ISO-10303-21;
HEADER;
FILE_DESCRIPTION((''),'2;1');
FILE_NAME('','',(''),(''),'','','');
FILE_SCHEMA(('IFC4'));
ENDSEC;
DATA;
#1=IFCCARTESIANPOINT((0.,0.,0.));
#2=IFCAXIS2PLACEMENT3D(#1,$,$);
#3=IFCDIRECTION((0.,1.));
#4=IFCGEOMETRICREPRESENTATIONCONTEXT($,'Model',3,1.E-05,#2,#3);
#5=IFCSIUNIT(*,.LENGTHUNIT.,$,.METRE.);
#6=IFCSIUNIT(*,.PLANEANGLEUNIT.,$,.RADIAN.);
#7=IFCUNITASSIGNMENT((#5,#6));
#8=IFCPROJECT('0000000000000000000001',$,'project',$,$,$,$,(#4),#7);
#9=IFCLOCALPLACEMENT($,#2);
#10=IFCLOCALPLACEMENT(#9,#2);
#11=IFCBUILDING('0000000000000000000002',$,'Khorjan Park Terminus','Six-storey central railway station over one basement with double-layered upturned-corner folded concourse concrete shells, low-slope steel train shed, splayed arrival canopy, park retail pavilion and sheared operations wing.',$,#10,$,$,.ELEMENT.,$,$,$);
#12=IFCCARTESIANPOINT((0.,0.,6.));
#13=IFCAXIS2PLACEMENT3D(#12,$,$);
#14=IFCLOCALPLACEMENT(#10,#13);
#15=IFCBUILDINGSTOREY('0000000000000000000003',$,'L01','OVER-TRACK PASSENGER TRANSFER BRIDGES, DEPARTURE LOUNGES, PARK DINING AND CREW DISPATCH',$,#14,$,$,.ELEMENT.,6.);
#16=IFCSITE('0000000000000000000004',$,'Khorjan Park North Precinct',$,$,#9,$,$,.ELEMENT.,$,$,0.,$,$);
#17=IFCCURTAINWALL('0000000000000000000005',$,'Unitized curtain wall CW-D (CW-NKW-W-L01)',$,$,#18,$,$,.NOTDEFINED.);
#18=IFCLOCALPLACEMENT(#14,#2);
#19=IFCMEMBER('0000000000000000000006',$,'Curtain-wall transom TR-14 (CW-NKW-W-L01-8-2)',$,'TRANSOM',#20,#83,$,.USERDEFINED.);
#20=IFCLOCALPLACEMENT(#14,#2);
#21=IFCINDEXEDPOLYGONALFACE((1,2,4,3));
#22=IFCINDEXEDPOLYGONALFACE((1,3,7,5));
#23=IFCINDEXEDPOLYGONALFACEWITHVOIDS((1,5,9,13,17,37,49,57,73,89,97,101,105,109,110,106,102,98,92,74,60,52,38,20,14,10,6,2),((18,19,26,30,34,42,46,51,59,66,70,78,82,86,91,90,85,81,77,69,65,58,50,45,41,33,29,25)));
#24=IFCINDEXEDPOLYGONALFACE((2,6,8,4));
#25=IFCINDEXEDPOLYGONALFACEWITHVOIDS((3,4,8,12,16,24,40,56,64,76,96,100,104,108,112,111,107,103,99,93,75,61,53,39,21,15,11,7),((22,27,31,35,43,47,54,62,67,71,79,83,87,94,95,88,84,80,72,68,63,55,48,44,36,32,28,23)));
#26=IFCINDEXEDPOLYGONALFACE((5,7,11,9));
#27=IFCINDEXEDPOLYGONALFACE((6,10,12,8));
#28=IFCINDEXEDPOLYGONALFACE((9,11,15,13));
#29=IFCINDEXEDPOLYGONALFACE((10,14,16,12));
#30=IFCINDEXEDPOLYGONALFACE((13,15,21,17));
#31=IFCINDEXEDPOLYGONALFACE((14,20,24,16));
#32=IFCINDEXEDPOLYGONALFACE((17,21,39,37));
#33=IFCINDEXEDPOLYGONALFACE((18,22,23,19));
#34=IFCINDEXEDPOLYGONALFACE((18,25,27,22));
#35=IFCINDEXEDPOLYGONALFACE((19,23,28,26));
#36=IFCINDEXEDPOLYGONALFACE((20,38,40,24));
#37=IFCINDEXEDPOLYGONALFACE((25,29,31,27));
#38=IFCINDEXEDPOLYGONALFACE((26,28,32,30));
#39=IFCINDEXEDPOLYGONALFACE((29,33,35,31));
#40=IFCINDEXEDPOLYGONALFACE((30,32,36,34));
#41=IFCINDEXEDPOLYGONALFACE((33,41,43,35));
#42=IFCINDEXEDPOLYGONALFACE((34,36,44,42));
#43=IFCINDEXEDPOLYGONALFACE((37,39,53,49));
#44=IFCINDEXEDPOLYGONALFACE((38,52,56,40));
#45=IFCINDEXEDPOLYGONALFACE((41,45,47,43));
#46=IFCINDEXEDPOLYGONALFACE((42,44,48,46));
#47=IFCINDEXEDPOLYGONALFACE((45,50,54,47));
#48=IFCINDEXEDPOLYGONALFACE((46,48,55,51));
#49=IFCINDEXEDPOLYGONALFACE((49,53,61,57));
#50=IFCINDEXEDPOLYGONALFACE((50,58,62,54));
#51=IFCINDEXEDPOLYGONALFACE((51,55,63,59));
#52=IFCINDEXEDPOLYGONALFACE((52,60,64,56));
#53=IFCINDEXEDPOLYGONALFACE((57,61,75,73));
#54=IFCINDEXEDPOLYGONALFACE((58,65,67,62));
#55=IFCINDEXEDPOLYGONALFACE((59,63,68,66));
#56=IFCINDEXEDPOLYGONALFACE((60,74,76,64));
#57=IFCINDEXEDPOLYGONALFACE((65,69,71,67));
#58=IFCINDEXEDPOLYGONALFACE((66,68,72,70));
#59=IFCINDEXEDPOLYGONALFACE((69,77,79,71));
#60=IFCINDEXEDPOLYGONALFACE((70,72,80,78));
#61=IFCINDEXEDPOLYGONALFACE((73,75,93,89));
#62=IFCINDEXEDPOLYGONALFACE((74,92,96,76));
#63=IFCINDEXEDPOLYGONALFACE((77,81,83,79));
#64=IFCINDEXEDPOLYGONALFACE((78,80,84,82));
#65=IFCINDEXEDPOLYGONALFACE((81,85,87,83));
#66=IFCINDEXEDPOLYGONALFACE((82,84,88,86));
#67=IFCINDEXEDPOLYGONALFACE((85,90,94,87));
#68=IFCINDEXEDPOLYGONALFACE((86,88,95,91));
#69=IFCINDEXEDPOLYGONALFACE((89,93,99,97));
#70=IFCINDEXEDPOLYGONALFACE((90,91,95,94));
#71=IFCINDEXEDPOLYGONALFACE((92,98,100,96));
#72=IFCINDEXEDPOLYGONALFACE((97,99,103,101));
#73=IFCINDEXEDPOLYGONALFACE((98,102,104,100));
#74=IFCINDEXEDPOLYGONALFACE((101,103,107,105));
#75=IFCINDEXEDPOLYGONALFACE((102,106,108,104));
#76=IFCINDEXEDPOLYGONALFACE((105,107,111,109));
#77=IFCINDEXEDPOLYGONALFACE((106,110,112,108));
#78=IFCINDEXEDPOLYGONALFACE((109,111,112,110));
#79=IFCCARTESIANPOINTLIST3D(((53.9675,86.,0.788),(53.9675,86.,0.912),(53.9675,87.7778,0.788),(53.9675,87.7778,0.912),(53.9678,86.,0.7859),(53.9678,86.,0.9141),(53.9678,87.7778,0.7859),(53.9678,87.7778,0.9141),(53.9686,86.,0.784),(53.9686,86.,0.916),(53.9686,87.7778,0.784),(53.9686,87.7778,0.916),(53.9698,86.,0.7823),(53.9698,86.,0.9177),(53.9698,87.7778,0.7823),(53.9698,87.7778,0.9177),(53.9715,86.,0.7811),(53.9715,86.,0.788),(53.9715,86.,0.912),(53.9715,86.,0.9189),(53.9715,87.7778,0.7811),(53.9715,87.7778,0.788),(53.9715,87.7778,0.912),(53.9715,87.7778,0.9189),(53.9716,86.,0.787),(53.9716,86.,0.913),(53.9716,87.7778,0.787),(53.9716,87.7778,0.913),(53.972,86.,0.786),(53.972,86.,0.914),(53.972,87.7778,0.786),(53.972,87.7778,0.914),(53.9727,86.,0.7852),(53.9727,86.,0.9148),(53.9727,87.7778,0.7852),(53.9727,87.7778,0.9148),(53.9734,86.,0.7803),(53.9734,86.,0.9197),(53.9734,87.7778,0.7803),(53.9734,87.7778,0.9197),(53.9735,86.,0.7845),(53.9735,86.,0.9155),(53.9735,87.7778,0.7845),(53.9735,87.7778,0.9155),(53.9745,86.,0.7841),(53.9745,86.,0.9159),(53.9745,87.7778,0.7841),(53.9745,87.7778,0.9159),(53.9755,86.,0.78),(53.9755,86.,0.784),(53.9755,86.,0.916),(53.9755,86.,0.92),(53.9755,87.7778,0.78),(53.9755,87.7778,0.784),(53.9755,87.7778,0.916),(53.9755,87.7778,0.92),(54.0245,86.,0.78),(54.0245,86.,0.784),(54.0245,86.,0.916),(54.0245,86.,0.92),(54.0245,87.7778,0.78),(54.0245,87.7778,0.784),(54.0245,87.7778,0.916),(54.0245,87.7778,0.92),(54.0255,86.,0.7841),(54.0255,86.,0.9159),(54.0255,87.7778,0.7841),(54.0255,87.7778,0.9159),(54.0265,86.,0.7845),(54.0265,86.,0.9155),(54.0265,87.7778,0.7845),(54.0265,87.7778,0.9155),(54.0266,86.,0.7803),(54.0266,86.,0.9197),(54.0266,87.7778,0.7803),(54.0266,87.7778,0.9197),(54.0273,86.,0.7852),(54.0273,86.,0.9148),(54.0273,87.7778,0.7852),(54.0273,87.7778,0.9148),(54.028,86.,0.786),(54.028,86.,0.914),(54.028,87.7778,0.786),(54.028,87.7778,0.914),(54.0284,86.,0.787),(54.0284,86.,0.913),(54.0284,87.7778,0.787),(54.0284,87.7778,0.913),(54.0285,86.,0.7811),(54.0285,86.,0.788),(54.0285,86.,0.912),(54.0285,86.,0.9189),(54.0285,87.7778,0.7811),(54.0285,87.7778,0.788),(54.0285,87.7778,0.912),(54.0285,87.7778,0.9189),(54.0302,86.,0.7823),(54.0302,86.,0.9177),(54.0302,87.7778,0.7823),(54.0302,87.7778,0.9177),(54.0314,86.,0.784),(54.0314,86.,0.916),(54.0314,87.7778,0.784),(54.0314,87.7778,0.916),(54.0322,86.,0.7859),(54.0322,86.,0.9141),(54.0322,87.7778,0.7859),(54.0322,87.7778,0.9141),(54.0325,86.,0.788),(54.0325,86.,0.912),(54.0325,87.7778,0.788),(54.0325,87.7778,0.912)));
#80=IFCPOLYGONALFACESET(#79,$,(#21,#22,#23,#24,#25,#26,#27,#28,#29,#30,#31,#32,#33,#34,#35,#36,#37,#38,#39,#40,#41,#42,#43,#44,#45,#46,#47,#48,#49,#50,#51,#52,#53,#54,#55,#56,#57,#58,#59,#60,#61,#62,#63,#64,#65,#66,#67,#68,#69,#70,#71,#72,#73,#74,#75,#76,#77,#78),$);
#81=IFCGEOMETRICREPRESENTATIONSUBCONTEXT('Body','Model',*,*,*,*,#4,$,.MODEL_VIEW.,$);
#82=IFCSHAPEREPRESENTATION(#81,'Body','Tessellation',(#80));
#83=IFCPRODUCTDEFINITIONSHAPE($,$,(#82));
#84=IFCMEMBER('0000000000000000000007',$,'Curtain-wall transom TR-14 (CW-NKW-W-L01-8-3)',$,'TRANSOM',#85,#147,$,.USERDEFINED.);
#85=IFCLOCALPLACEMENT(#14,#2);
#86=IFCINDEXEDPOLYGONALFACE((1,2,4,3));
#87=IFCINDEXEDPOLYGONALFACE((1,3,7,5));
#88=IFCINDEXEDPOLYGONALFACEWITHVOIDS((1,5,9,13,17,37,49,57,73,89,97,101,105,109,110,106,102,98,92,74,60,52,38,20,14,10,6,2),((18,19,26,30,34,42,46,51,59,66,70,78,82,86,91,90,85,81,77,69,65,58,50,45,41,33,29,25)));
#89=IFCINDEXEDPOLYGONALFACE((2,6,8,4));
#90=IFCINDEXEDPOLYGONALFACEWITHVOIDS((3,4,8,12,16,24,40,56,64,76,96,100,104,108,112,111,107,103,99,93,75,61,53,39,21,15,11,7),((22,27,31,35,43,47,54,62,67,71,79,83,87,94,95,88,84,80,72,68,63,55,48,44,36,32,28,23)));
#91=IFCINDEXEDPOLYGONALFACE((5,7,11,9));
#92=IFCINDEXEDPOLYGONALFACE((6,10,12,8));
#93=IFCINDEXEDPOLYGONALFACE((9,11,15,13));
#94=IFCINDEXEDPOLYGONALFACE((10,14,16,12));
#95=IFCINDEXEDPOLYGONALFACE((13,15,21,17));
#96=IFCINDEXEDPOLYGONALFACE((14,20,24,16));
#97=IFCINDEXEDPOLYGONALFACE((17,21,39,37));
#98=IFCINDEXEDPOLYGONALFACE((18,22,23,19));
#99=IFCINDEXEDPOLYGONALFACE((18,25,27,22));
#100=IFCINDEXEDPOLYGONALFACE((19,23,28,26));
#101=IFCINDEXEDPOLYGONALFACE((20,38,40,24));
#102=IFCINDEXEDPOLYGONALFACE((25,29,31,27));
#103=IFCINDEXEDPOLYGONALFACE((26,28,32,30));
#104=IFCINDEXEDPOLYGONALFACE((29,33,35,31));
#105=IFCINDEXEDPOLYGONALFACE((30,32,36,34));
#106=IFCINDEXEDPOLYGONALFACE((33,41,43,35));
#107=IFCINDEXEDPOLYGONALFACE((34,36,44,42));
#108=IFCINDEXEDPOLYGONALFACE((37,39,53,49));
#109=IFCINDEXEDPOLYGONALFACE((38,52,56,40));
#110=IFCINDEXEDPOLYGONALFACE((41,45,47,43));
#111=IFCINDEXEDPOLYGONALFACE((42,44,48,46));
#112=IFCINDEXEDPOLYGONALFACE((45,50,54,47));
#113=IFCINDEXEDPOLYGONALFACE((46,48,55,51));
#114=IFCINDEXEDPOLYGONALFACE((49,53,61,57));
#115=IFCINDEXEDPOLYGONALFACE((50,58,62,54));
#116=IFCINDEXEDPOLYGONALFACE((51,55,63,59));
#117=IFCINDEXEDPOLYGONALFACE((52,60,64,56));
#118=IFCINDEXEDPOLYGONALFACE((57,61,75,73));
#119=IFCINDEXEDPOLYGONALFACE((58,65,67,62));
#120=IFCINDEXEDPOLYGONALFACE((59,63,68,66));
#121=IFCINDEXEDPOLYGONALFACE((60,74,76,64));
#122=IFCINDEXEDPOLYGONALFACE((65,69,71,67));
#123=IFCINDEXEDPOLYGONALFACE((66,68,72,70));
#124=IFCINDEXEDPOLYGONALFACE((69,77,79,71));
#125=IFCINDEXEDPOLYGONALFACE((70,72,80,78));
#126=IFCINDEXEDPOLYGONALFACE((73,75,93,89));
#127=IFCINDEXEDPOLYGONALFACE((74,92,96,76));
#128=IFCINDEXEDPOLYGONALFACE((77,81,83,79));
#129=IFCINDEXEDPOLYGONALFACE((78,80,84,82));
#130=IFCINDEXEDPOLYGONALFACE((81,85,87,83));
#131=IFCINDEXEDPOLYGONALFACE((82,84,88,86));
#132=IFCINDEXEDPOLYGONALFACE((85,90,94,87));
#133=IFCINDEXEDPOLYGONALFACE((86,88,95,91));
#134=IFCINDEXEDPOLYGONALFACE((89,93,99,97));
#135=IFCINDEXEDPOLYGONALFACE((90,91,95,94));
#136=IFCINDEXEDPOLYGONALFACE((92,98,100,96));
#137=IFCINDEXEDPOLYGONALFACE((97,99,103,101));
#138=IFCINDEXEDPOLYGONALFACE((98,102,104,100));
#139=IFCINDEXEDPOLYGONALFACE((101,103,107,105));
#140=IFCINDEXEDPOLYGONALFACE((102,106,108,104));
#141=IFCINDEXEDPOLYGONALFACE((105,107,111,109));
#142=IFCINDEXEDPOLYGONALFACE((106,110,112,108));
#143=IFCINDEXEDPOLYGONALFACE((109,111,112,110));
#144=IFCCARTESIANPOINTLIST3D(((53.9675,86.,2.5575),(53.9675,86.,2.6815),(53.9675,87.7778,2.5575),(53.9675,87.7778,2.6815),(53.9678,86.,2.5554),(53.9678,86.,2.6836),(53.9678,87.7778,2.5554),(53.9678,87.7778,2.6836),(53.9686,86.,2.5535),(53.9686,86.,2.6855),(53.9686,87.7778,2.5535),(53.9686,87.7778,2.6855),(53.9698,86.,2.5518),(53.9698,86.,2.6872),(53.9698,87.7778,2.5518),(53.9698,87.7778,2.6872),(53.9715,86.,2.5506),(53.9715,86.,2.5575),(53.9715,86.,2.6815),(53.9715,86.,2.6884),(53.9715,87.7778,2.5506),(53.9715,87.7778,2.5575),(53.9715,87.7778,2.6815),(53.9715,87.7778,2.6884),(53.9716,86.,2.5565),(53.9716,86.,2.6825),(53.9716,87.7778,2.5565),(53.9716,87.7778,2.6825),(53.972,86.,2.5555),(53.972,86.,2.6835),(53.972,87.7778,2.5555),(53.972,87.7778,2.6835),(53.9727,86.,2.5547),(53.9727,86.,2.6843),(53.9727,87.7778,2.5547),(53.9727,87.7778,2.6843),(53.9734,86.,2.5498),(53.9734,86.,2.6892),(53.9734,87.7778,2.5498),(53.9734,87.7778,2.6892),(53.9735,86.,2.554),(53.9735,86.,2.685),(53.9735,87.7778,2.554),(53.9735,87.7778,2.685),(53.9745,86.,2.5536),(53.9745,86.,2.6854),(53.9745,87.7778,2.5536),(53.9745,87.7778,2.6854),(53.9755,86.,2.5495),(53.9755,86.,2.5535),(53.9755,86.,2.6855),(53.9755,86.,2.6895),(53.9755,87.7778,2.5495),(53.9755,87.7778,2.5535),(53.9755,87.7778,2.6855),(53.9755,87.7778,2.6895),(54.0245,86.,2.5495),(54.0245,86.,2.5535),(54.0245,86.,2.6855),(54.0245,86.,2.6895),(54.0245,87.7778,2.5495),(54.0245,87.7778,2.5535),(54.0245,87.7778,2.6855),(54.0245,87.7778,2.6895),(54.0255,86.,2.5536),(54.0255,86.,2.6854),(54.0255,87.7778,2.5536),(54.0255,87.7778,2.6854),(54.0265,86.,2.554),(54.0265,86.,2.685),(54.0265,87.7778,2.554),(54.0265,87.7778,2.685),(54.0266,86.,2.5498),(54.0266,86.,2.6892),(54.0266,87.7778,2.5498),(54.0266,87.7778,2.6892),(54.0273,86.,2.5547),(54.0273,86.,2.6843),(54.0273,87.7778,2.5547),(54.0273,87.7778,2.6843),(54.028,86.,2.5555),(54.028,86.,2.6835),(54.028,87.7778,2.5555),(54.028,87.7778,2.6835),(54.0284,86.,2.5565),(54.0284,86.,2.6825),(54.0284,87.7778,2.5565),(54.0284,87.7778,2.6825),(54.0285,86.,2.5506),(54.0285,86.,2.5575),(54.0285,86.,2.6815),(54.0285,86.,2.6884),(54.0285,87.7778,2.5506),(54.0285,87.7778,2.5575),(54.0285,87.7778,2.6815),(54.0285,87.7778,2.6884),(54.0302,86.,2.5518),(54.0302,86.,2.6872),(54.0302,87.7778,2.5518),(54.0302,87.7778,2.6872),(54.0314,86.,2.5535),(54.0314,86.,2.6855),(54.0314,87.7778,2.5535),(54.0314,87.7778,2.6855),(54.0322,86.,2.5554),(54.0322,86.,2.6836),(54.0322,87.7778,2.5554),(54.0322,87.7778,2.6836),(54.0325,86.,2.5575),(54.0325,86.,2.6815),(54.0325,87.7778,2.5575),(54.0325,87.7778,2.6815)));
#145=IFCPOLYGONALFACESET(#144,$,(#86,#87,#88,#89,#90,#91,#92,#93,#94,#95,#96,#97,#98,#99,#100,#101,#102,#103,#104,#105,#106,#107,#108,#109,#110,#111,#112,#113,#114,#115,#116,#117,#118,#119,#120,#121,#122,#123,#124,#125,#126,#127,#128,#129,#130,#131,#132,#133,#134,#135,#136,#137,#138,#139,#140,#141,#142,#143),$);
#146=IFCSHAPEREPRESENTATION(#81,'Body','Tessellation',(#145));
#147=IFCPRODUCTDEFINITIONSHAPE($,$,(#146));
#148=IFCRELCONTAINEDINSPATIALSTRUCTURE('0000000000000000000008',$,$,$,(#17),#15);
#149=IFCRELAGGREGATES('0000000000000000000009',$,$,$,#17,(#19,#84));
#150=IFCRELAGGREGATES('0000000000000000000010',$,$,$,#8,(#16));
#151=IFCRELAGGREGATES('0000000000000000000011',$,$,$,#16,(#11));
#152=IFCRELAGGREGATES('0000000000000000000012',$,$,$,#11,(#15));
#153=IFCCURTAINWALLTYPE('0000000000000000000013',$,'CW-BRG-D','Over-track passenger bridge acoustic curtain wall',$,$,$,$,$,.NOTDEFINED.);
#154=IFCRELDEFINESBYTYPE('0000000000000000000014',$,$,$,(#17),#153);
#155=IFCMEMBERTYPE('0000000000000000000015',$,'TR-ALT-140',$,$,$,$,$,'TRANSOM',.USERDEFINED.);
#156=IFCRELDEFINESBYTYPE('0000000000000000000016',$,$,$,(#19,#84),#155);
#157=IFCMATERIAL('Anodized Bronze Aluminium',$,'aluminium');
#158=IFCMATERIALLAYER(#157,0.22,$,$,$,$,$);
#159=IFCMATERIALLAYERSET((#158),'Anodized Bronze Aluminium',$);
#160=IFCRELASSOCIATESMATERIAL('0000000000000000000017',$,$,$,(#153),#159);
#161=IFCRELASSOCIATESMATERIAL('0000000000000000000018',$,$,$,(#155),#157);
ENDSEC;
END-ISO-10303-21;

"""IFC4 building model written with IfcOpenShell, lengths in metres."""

from ifc_helpers import new_model, si_unit, direction, frame, origin, origin_2d, place, context, subcontext, project, spatial, hollow_rectangle, extrude, material, layer, layer_set, material_profile, profile_set, type_object, element, aggregate, save


model = new_model("IFC4")

# Units and contexts
model_context = context("Model", 3, precision=1e-05, world=origin(), true_north=direction((0.0, 1.0)))
body_context = subcontext(model_context, "Body", "Model", "MODEL_VIEW")
ifc_project = project(units=[si_unit("LENGTHUNIT", "METRE"), si_unit("PLANEANGLEUNIT", "RADIAN")], contexts=[model_context])

# Site, building, storey
site_placement = place(None, origin())
site = spatial("IfcSite", under=ifc_project, at=site_placement, Name="Khorjan Park North Precinct", CompositionType="ELEMENT", RefElevation=0.0)
building_placement = place(site_placement, origin())
building = spatial("IfcBuilding", under=site, at=building_placement, Name="Khorjan Park Terminus", Description="Six-storey central railway station over one basement with double-layered upturned-corner folded concourse concrete shells, low-slope steel train shed, splayed arrival canopy, park retail pavilion and sheared operations wing.", CompositionType="ELEMENT")
storey_placement = place(building_placement, frame((0.0, 0.0, 6.0)))
storey = spatial("IfcBuildingStorey", under=building, at=storey_placement, Name="L01", Description="OVER-TRACK PASSENGER TRANSFER BRIDGES, DEPARTURE LOUNGES, PARK DINING AND CREW DISPATCH", CompositionType="ELEMENT", Elevation=6.0)

# Curtain wall
ifc_material_1 = material(Name="Anodized Bronze Aluminium", Category="aluminium")
ifc_layer_1 = layer(ifc_material_1, 0.22)
ifc_layer_set_1 = layer_set([ifc_layer_1], Name="Anodized Bronze Aluminium")
curtain_wall_type_1 = type_object("IfcCurtainWallType", Name="CW-BRG-D", Description="Over-track passenger bridge acoustic curtain wall", PredefinedType="NOTDEFINED", material=ifc_layer_set_1)
curtain_wall_1_placement = place(storey_placement, origin())
curtain_wall_1 = element("IfcCurtainWall", 1, at=curtain_wall_1_placement, inside=storey, type_object=curtain_wall_type_1, Name="Unitized curtain wall CW-D (CW-NKW-W-L01)", PredefinedType="NOTDEFINED")

# Members
ifc_material_profile_1 = material_profile(ifc_material_1, hollow_rectangle(XDim=0.065, YDim=0.14, WallThickness=0.004, InnerFilletRadius=0.004, OuterFilletRadius=0.008, at=origin_2d()), Name="ALT 65x140x4")
ifc_profile_set_1 = profile_set([ifc_material_profile_1], Name="Anodized Bronze Aluminium")
member_type_1 = type_object("IfcMemberType", Name="TR-ALT-140", ElementType="TRANSOM", PredefinedType="USERDEFINED", material=ifc_profile_set_1)
member_1_placement = place(storey_placement, frame((54.0, 87.7778, 0.85), z_axis=(0.0, -1.0, 0.0), x_axis=(1.0, 0.0, 0.0)))
member_1 = element("IfcMember", 2, at=member_1_placement, type_object=member_type_1, Name="Curtain-wall transom TR-14 (CW-NKW-W-L01-8-2)", ObjectType="TRANSOM", PredefinedType="USERDEFINED", context=body_context, shape_type="SweptSolid", body=[
    extrude(hollow_rectangle(XDim=0.065, YDim=0.14, WallThickness=0.004, InnerFilletRadius=0.004, OuterFilletRadius=0.008, at=origin_2d()), origin(), (0.0, 0.0, 1.0), 1.7778),
])
member_2_placement = place(storey_placement, frame((54.0, 87.7778, 2.6195), z_axis=(0.0, -1.0, 0.0), x_axis=(1.0, 0.0, 0.0)))
member_2 = element("IfcMember", 3, at=member_2_placement, type_object=member_type_1, Name="Curtain-wall transom TR-14 (CW-NKW-W-L01-8-3)", ObjectType="TRANSOM", PredefinedType="USERDEFINED", context=body_context, shape_type="SweptSolid", body=[
    extrude(hollow_rectangle(XDim=0.065, YDim=0.14, WallThickness=0.004, InnerFilletRadius=0.004, OuterFilletRadius=0.008, at=origin_2d()), origin(), (0.0, 0.0, 1.0), 1.7778),
])

aggregate(curtain_wall_1, [member_1, member_2])

save(model, "model.ifc")
